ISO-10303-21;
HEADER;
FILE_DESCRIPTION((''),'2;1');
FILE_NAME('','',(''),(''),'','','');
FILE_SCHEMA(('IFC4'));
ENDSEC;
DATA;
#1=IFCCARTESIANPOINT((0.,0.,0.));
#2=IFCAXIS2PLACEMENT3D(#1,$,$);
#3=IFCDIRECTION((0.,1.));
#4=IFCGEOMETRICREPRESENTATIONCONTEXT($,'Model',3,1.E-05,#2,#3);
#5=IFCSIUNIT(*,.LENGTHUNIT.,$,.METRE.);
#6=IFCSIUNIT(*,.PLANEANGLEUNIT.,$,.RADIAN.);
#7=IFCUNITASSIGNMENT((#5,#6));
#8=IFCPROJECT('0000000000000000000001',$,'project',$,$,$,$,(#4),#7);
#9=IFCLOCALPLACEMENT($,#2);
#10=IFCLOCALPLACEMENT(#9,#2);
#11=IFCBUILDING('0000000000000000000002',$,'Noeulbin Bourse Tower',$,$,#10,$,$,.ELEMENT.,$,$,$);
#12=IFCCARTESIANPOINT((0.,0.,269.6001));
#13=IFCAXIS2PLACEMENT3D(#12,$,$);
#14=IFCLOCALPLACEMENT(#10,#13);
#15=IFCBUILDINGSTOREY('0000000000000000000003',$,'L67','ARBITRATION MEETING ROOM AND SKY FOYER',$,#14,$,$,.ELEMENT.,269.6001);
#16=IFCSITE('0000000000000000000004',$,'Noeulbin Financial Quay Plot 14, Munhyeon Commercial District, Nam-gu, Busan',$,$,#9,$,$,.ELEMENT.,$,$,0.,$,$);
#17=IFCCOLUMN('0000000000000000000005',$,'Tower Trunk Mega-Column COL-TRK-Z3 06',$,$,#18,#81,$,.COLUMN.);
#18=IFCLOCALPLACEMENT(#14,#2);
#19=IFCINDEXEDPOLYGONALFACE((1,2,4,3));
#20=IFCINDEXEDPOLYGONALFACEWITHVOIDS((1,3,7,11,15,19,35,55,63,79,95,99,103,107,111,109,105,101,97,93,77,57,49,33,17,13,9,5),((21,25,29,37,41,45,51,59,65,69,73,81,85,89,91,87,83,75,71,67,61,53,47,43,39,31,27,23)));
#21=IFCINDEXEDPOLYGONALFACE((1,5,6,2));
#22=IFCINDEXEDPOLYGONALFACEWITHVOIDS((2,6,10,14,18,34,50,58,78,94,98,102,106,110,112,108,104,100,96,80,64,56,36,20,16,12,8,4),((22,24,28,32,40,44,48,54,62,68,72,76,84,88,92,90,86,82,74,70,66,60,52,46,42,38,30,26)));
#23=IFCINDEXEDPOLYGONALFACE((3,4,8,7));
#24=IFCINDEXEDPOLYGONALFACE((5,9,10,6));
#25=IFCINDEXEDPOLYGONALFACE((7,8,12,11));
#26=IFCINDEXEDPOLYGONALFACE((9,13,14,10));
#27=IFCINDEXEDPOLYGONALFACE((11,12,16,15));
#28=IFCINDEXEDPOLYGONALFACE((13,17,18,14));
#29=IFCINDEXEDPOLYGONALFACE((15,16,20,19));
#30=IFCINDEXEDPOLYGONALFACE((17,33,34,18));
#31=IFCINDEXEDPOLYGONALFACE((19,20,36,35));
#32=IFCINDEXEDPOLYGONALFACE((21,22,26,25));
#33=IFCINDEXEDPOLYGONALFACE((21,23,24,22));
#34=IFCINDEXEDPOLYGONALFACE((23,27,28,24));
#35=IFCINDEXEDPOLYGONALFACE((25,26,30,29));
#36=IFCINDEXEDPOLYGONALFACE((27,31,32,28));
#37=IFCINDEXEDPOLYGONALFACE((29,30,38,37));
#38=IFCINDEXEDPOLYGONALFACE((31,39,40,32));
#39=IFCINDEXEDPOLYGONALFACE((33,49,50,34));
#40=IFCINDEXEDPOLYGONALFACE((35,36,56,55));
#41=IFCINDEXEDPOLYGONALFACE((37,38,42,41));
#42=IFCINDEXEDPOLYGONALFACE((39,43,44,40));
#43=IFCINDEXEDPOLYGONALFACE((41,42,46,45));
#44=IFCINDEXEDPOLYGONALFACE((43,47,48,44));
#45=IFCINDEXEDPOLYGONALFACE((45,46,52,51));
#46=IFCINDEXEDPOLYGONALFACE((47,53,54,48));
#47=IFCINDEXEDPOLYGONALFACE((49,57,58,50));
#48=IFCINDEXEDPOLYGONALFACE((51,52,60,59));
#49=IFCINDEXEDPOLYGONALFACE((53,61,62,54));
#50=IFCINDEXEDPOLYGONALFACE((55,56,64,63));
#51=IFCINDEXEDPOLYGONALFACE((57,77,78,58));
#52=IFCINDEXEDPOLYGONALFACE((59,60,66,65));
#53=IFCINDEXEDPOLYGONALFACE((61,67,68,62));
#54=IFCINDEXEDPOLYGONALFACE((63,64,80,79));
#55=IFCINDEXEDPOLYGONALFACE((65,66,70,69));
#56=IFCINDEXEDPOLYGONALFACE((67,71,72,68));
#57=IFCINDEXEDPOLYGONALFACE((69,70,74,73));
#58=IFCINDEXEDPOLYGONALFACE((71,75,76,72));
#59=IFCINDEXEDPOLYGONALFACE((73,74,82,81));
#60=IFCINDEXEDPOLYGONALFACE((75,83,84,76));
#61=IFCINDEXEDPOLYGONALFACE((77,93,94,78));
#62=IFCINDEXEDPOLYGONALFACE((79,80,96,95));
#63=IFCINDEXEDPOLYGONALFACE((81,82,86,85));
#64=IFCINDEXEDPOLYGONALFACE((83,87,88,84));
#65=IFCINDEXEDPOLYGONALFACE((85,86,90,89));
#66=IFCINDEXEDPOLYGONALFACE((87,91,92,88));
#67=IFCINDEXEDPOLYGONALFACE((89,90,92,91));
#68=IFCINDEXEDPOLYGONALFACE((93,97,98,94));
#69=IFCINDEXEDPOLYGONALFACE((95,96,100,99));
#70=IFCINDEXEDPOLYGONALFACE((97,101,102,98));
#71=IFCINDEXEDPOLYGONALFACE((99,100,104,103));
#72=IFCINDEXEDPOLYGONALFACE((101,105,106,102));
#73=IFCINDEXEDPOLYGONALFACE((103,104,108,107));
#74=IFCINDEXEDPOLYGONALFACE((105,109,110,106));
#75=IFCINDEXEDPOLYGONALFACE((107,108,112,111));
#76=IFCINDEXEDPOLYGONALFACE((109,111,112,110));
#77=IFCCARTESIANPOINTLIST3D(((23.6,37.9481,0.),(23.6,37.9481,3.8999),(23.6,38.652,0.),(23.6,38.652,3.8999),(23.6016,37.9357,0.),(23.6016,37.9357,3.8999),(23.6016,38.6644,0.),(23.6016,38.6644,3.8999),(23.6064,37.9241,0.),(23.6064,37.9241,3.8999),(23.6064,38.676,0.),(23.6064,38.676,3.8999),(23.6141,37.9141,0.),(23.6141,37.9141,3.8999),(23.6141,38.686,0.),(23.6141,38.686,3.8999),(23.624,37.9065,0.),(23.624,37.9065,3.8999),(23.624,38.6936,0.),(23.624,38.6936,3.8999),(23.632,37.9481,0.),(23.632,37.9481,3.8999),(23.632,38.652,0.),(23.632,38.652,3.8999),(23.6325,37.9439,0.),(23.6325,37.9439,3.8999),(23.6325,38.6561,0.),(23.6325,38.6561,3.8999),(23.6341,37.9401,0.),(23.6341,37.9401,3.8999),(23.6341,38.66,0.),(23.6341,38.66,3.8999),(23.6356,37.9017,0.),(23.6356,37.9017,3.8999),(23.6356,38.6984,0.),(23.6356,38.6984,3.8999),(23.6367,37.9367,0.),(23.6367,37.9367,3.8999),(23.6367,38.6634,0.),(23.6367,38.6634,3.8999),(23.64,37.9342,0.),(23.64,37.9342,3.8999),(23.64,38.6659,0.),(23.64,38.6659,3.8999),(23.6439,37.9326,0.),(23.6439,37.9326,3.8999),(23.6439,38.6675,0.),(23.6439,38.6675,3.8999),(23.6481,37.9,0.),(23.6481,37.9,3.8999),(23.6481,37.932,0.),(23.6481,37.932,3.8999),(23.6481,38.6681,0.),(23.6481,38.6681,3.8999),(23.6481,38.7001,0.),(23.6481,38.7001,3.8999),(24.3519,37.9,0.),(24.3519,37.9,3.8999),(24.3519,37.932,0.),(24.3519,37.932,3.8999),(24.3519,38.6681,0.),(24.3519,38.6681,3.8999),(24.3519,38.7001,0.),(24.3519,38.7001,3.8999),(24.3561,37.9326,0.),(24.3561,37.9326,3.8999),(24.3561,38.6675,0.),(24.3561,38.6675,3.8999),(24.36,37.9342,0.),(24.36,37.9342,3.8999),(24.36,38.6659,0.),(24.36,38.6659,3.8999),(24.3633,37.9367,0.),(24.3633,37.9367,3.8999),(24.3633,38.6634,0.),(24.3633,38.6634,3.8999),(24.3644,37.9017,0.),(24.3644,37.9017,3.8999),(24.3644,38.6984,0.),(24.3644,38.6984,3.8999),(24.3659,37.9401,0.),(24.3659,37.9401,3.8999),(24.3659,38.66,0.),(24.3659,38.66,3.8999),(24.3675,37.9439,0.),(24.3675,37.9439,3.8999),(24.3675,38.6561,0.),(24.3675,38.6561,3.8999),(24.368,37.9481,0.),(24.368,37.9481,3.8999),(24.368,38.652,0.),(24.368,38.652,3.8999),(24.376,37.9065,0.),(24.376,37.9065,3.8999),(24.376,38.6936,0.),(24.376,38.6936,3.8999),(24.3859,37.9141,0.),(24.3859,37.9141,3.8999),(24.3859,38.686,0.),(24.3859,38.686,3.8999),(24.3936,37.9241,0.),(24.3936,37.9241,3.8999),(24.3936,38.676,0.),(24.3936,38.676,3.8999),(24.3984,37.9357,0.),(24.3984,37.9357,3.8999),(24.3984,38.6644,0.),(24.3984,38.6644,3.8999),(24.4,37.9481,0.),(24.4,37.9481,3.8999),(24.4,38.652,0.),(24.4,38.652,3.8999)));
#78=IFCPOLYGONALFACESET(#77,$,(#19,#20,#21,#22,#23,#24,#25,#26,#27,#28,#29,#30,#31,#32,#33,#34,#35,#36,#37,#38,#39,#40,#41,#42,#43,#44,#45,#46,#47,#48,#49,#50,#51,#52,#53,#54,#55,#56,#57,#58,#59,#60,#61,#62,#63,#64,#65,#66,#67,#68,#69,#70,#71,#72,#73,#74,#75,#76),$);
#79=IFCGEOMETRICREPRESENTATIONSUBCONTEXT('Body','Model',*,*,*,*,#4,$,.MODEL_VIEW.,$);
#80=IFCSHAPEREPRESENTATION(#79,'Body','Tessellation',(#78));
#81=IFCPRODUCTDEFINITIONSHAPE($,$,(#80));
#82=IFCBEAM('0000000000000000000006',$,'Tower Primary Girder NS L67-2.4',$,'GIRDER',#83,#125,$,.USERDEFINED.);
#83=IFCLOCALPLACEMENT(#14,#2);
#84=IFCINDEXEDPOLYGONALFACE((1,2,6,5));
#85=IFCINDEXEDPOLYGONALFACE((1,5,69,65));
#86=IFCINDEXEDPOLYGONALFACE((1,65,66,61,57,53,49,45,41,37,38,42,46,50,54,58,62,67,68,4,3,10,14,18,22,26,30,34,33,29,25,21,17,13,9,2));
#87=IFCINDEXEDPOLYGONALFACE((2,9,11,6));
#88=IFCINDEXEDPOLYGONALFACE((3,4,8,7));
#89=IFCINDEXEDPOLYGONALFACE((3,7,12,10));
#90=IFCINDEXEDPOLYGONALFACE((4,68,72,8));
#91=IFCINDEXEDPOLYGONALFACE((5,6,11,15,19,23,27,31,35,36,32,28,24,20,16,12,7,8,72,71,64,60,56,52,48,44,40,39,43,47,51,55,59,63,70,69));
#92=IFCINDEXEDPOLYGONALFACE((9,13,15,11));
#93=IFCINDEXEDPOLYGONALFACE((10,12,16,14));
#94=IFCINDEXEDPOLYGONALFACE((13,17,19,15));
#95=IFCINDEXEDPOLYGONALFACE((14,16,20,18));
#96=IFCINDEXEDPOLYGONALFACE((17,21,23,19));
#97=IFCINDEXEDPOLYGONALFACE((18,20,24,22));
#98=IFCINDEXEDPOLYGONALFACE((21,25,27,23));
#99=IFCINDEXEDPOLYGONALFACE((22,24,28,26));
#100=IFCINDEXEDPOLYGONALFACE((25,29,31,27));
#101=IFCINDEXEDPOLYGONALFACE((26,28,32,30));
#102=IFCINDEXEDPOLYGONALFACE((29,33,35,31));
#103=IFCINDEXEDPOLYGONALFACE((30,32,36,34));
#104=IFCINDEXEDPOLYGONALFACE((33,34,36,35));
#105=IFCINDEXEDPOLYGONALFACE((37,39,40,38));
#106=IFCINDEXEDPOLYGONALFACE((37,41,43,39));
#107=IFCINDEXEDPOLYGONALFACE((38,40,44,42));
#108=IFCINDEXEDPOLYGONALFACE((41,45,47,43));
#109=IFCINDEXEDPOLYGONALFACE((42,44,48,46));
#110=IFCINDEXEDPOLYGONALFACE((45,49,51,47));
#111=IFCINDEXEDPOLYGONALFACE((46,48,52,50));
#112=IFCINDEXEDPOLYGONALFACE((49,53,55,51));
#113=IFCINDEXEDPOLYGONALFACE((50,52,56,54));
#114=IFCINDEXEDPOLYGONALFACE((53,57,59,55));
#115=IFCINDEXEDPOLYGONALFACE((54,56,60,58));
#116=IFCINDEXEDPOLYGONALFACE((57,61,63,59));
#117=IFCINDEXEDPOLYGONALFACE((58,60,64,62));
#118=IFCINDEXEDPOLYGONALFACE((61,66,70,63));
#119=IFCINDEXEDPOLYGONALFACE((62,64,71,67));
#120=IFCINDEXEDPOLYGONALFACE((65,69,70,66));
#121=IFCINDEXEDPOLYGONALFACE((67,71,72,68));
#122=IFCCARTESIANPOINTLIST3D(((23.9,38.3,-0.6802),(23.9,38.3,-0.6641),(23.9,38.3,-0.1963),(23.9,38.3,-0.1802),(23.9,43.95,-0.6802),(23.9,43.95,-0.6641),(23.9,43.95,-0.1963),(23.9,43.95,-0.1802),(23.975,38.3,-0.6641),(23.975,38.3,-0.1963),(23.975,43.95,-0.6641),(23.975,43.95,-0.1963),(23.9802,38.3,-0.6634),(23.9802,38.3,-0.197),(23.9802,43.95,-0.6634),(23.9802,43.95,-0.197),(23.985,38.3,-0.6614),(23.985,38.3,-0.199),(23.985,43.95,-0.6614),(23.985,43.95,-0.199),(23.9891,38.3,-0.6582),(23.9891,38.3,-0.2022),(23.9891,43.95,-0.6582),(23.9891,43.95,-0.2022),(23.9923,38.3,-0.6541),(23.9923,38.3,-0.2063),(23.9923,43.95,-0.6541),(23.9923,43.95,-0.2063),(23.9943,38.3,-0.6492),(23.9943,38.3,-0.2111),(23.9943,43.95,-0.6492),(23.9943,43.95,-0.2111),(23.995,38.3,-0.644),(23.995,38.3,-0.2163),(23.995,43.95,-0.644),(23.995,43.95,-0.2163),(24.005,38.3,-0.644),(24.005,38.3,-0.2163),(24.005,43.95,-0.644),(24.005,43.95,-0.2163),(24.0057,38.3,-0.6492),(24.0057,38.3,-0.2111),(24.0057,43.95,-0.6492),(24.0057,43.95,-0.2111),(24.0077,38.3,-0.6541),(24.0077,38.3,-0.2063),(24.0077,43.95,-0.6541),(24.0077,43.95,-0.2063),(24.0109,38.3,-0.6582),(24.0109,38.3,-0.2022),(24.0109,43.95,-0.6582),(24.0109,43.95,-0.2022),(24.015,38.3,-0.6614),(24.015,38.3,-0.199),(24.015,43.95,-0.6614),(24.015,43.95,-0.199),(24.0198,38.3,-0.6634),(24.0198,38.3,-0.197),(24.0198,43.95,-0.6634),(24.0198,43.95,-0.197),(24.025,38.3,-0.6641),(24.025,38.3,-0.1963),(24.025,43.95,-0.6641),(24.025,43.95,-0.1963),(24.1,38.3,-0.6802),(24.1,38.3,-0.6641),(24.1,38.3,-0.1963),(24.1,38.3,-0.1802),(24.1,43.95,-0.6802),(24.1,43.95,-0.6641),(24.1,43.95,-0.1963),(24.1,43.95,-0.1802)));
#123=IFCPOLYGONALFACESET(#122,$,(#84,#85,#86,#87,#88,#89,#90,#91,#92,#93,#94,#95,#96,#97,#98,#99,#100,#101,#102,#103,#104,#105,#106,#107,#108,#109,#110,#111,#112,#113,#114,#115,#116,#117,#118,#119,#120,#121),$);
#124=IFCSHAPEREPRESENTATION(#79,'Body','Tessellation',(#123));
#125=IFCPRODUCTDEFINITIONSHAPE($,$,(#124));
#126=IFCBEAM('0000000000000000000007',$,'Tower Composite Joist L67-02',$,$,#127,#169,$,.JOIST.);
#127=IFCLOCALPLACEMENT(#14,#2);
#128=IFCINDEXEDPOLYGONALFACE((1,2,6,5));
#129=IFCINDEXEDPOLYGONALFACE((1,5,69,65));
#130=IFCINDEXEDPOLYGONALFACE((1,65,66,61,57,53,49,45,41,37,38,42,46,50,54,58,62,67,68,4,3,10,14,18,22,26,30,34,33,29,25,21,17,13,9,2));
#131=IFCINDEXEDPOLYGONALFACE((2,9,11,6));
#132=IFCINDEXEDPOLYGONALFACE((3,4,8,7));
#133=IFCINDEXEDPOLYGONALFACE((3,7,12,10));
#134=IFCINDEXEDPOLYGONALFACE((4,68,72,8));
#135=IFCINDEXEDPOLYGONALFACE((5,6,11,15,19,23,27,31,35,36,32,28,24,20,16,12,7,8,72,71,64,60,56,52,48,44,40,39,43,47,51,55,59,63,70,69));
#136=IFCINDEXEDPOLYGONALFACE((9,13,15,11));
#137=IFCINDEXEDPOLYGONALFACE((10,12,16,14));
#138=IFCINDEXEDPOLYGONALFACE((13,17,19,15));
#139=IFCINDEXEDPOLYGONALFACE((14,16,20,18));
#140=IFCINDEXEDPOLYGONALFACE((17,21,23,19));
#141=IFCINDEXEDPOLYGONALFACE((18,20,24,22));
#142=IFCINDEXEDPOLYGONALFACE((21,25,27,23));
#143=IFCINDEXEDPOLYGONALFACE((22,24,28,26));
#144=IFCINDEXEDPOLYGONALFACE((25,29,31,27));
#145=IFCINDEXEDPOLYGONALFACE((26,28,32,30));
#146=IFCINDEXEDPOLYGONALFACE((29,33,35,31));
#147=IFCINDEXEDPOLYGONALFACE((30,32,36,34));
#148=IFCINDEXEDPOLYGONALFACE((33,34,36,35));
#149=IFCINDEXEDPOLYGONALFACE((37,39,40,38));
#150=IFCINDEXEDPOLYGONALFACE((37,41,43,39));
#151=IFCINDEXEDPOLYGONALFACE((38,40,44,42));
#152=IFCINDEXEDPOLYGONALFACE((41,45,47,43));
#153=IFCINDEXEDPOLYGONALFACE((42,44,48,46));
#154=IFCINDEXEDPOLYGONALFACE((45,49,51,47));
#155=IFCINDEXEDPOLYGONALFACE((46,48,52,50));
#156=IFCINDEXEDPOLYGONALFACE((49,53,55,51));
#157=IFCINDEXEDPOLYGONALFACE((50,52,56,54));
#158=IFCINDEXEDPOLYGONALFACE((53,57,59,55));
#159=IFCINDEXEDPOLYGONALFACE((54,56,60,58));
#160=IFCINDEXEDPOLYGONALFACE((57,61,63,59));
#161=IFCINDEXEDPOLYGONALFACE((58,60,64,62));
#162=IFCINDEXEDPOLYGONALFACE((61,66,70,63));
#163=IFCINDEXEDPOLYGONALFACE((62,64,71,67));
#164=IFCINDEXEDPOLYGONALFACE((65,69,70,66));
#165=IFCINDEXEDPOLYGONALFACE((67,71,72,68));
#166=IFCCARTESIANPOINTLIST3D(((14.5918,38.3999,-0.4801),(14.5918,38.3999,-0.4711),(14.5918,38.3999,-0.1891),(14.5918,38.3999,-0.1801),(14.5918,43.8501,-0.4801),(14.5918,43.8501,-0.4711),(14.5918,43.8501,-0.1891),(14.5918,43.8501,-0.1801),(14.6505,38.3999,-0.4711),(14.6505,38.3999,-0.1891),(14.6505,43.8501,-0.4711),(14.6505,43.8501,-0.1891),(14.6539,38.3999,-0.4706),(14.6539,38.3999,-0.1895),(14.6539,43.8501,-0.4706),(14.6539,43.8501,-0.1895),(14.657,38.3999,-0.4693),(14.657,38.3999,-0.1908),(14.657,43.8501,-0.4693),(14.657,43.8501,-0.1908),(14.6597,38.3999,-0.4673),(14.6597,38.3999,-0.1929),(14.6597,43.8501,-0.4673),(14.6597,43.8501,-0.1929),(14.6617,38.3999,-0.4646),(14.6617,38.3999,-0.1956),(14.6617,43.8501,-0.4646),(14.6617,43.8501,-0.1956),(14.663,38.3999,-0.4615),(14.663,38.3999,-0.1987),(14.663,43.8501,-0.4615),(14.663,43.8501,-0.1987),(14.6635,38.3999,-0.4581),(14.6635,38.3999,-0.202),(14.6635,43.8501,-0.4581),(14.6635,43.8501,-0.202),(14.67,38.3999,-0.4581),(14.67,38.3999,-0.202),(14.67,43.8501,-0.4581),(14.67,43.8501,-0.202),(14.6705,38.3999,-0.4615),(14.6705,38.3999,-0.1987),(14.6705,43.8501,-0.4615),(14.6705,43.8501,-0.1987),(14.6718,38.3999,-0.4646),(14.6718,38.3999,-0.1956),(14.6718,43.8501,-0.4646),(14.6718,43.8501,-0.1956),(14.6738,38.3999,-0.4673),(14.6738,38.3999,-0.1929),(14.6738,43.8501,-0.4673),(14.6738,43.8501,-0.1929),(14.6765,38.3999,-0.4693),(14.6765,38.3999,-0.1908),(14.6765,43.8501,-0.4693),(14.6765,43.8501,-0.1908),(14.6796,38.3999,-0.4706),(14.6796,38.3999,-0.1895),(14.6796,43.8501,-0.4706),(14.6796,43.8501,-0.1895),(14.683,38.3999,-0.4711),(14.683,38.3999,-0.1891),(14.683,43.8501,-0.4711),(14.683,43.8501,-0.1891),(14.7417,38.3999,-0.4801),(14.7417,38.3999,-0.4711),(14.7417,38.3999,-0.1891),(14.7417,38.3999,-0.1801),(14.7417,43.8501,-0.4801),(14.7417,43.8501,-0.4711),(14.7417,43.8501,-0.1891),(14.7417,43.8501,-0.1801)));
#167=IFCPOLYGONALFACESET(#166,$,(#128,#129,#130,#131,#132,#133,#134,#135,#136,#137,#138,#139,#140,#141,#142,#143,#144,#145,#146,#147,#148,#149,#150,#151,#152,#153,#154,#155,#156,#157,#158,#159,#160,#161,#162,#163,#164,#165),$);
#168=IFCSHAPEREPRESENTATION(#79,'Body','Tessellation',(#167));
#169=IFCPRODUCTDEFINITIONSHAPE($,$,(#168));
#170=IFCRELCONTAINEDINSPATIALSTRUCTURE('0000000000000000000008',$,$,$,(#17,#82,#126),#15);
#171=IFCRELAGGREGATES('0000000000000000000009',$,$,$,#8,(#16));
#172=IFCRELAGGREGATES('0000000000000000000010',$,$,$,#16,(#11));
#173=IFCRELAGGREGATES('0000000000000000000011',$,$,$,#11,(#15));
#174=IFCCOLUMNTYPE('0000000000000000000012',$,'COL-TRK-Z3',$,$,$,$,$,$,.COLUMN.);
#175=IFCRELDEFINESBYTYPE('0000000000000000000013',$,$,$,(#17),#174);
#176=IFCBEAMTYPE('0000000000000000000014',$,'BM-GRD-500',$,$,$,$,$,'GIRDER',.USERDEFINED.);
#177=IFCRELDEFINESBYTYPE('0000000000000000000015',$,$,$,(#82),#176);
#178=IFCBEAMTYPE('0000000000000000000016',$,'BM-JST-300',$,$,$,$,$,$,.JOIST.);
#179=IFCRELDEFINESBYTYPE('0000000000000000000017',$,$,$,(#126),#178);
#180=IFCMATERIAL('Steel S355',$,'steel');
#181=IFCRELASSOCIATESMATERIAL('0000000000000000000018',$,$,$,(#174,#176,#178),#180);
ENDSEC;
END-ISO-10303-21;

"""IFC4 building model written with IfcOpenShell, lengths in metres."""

from ifc_helpers import new_model, si_unit, direction, frame, origin, origin_2d, place, context, subcontext, project, spatial, hollow_rectangle, i_section, extrude, material, material_profile, profile_set, type_object, element, save


model = new_model("IFC4")

# Units and contexts
model_context = context("Model", 3, precision=1e-05, world=origin(), true_north=direction((0.0, 1.0)))
body_context = subcontext(model_context, "Body", "Model", "MODEL_VIEW")
ifc_project = project(units=[si_unit("LENGTHUNIT", "METRE"), si_unit("PLANEANGLEUNIT", "RADIAN")], contexts=[model_context])

# Site, building, storey
site_placement = place(None, origin())
site = spatial("IfcSite", under=ifc_project, at=site_placement, Name="Noeulbin Financial Quay Plot 14, Munhyeon Commercial District, Nam-gu, Busan", CompositionType="ELEMENT", RefElevation=0.0)
building_placement = place(site_placement, origin())
building = spatial("IfcBuilding", under=site, at=building_placement, Name="Noeulbin Bourse Tower", CompositionType="ELEMENT")
storey_placement = place(building_placement, frame((0.0, 0.0, 269.6001)))
storey = spatial("IfcBuildingStorey", under=building, at=storey_placement, Name="L67", Description="ARBITRATION MEETING ROOM AND SKY FOYER", CompositionType="ELEMENT", Elevation=269.6001)

# Column
ifc_material_1 = material(Name="Steel S355", Category="steel")
ifc_material_profile_1 = material_profile(ifc_material_1, hollow_rectangle(XDim=0.8, YDim=0.8, WallThickness=0.032, InnerFilletRadius=0.0161, OuterFilletRadius=0.0481, at=origin_2d()), Name="BOX-800x800x32", Category="LoadBearing")
ifc_profile_set_1 = profile_set([ifc_material_profile_1], Name="Steel S355")
column_type_1 = type_object("IfcColumnType", Name="COL-TRK-Z3", PredefinedType="COLUMN", material=ifc_profile_set_1)
for number, where, z_axis, x_axis, name in (
    (1, (24.0, 38.3, 0.0), (0.0, 0.0, 1.0), (1.0, 0.0, 0.0), "Tower Trunk Mega-Column COL-TRK-Z3 06"),
):
    element("IfcColumn", number, at=place(storey_placement, frame(where, z_axis=z_axis, x_axis=x_axis)), inside=storey, type_object=column_type_1, Name=name, PredefinedType="COLUMN", context=body_context, shape_type="SweptSolid", body=[
        extrude(hollow_rectangle(XDim=0.8, YDim=0.8, WallThickness=0.032, InnerFilletRadius=0.0161, OuterFilletRadius=0.0481, at=origin_2d()), origin(), (0.0, 0.0, 1.0), 3.8999),
    ])

# Beams
ifc_material_profile_2 = material_profile(ifc_material_1, i_section(OverallWidth=0.2, OverallDepth=0.5, WebThickness=0.01, FlangeThickness=0.0161, FilletRadius=0.02, at=origin_2d()), Name="H-500x200x10x16", Category="LoadBearing")
ifc_profile_set_2 = profile_set([ifc_material_profile_2], Name="Steel S355")
beam_type_1 = type_object("IfcBeamType", Name="BM-GRD-500", ElementType="GIRDER", PredefinedType="USERDEFINED", material=ifc_profile_set_2)
beam_1_placement = place(storey_placement, frame((24.0, 38.3, -0.4302), z_axis=(0.0, 1.0, 0.0), x_axis=(-1.0, 0.0, 0.0)))
element("IfcBeam", 2, at=beam_1_placement, inside=storey, type_object=beam_type_1, Name="Tower Primary Girder NS L67-2.4", ObjectType="GIRDER", PredefinedType="USERDEFINED", context=body_context, shape_type="SweptSolid", body=[
    extrude(i_section(OverallWidth=0.2, OverallDepth=0.5, WebThickness=0.01, FlangeThickness=0.0161, FilletRadius=0.02, at=origin_2d()), origin(), (0.0, 0.0, 1.0), 5.6499),
])
ifc_material_profile_3 = material_profile(ifc_material_1, i_section(OverallWidth=0.1499, OverallDepth=0.3, WebThickness=0.0066, FlangeThickness=0.009, FilletRadius=0.0129, at=origin_2d()), Name="H-300x150x6.5x9", Category="LoadBearing")
ifc_profile_set_3 = profile_set([ifc_material_profile_3], Name="Steel S355")
beam_type_2 = type_object("IfcBeamType", Name="BM-JST-300", PredefinedType="JOIST", material=ifc_profile_set_3)
for number, where, z_axis, x_axis, name in (
    (3, (14.6667, 38.3999, -0.3301), (0.0, 1.0, 0.0), (-1.0, 0.0, 0.0), "Tower Composite Joist L67-02"),
):
    element("IfcBeam", number, at=place(storey_placement, frame(where, z_axis=z_axis, x_axis=x_axis)), inside=storey, type_object=beam_type_2, Name=name, PredefinedType="JOIST", context=body_context, shape_type="SweptSolid", body=[
        extrude(i_section(OverallWidth=0.1499, OverallDepth=0.3, WebThickness=0.0066, FlangeThickness=0.009, FilletRadius=0.0129, at=origin_2d()), origin(), (0.0, 0.0, 1.0), 5.4502),
    ])

save(model, "model.ifc")
